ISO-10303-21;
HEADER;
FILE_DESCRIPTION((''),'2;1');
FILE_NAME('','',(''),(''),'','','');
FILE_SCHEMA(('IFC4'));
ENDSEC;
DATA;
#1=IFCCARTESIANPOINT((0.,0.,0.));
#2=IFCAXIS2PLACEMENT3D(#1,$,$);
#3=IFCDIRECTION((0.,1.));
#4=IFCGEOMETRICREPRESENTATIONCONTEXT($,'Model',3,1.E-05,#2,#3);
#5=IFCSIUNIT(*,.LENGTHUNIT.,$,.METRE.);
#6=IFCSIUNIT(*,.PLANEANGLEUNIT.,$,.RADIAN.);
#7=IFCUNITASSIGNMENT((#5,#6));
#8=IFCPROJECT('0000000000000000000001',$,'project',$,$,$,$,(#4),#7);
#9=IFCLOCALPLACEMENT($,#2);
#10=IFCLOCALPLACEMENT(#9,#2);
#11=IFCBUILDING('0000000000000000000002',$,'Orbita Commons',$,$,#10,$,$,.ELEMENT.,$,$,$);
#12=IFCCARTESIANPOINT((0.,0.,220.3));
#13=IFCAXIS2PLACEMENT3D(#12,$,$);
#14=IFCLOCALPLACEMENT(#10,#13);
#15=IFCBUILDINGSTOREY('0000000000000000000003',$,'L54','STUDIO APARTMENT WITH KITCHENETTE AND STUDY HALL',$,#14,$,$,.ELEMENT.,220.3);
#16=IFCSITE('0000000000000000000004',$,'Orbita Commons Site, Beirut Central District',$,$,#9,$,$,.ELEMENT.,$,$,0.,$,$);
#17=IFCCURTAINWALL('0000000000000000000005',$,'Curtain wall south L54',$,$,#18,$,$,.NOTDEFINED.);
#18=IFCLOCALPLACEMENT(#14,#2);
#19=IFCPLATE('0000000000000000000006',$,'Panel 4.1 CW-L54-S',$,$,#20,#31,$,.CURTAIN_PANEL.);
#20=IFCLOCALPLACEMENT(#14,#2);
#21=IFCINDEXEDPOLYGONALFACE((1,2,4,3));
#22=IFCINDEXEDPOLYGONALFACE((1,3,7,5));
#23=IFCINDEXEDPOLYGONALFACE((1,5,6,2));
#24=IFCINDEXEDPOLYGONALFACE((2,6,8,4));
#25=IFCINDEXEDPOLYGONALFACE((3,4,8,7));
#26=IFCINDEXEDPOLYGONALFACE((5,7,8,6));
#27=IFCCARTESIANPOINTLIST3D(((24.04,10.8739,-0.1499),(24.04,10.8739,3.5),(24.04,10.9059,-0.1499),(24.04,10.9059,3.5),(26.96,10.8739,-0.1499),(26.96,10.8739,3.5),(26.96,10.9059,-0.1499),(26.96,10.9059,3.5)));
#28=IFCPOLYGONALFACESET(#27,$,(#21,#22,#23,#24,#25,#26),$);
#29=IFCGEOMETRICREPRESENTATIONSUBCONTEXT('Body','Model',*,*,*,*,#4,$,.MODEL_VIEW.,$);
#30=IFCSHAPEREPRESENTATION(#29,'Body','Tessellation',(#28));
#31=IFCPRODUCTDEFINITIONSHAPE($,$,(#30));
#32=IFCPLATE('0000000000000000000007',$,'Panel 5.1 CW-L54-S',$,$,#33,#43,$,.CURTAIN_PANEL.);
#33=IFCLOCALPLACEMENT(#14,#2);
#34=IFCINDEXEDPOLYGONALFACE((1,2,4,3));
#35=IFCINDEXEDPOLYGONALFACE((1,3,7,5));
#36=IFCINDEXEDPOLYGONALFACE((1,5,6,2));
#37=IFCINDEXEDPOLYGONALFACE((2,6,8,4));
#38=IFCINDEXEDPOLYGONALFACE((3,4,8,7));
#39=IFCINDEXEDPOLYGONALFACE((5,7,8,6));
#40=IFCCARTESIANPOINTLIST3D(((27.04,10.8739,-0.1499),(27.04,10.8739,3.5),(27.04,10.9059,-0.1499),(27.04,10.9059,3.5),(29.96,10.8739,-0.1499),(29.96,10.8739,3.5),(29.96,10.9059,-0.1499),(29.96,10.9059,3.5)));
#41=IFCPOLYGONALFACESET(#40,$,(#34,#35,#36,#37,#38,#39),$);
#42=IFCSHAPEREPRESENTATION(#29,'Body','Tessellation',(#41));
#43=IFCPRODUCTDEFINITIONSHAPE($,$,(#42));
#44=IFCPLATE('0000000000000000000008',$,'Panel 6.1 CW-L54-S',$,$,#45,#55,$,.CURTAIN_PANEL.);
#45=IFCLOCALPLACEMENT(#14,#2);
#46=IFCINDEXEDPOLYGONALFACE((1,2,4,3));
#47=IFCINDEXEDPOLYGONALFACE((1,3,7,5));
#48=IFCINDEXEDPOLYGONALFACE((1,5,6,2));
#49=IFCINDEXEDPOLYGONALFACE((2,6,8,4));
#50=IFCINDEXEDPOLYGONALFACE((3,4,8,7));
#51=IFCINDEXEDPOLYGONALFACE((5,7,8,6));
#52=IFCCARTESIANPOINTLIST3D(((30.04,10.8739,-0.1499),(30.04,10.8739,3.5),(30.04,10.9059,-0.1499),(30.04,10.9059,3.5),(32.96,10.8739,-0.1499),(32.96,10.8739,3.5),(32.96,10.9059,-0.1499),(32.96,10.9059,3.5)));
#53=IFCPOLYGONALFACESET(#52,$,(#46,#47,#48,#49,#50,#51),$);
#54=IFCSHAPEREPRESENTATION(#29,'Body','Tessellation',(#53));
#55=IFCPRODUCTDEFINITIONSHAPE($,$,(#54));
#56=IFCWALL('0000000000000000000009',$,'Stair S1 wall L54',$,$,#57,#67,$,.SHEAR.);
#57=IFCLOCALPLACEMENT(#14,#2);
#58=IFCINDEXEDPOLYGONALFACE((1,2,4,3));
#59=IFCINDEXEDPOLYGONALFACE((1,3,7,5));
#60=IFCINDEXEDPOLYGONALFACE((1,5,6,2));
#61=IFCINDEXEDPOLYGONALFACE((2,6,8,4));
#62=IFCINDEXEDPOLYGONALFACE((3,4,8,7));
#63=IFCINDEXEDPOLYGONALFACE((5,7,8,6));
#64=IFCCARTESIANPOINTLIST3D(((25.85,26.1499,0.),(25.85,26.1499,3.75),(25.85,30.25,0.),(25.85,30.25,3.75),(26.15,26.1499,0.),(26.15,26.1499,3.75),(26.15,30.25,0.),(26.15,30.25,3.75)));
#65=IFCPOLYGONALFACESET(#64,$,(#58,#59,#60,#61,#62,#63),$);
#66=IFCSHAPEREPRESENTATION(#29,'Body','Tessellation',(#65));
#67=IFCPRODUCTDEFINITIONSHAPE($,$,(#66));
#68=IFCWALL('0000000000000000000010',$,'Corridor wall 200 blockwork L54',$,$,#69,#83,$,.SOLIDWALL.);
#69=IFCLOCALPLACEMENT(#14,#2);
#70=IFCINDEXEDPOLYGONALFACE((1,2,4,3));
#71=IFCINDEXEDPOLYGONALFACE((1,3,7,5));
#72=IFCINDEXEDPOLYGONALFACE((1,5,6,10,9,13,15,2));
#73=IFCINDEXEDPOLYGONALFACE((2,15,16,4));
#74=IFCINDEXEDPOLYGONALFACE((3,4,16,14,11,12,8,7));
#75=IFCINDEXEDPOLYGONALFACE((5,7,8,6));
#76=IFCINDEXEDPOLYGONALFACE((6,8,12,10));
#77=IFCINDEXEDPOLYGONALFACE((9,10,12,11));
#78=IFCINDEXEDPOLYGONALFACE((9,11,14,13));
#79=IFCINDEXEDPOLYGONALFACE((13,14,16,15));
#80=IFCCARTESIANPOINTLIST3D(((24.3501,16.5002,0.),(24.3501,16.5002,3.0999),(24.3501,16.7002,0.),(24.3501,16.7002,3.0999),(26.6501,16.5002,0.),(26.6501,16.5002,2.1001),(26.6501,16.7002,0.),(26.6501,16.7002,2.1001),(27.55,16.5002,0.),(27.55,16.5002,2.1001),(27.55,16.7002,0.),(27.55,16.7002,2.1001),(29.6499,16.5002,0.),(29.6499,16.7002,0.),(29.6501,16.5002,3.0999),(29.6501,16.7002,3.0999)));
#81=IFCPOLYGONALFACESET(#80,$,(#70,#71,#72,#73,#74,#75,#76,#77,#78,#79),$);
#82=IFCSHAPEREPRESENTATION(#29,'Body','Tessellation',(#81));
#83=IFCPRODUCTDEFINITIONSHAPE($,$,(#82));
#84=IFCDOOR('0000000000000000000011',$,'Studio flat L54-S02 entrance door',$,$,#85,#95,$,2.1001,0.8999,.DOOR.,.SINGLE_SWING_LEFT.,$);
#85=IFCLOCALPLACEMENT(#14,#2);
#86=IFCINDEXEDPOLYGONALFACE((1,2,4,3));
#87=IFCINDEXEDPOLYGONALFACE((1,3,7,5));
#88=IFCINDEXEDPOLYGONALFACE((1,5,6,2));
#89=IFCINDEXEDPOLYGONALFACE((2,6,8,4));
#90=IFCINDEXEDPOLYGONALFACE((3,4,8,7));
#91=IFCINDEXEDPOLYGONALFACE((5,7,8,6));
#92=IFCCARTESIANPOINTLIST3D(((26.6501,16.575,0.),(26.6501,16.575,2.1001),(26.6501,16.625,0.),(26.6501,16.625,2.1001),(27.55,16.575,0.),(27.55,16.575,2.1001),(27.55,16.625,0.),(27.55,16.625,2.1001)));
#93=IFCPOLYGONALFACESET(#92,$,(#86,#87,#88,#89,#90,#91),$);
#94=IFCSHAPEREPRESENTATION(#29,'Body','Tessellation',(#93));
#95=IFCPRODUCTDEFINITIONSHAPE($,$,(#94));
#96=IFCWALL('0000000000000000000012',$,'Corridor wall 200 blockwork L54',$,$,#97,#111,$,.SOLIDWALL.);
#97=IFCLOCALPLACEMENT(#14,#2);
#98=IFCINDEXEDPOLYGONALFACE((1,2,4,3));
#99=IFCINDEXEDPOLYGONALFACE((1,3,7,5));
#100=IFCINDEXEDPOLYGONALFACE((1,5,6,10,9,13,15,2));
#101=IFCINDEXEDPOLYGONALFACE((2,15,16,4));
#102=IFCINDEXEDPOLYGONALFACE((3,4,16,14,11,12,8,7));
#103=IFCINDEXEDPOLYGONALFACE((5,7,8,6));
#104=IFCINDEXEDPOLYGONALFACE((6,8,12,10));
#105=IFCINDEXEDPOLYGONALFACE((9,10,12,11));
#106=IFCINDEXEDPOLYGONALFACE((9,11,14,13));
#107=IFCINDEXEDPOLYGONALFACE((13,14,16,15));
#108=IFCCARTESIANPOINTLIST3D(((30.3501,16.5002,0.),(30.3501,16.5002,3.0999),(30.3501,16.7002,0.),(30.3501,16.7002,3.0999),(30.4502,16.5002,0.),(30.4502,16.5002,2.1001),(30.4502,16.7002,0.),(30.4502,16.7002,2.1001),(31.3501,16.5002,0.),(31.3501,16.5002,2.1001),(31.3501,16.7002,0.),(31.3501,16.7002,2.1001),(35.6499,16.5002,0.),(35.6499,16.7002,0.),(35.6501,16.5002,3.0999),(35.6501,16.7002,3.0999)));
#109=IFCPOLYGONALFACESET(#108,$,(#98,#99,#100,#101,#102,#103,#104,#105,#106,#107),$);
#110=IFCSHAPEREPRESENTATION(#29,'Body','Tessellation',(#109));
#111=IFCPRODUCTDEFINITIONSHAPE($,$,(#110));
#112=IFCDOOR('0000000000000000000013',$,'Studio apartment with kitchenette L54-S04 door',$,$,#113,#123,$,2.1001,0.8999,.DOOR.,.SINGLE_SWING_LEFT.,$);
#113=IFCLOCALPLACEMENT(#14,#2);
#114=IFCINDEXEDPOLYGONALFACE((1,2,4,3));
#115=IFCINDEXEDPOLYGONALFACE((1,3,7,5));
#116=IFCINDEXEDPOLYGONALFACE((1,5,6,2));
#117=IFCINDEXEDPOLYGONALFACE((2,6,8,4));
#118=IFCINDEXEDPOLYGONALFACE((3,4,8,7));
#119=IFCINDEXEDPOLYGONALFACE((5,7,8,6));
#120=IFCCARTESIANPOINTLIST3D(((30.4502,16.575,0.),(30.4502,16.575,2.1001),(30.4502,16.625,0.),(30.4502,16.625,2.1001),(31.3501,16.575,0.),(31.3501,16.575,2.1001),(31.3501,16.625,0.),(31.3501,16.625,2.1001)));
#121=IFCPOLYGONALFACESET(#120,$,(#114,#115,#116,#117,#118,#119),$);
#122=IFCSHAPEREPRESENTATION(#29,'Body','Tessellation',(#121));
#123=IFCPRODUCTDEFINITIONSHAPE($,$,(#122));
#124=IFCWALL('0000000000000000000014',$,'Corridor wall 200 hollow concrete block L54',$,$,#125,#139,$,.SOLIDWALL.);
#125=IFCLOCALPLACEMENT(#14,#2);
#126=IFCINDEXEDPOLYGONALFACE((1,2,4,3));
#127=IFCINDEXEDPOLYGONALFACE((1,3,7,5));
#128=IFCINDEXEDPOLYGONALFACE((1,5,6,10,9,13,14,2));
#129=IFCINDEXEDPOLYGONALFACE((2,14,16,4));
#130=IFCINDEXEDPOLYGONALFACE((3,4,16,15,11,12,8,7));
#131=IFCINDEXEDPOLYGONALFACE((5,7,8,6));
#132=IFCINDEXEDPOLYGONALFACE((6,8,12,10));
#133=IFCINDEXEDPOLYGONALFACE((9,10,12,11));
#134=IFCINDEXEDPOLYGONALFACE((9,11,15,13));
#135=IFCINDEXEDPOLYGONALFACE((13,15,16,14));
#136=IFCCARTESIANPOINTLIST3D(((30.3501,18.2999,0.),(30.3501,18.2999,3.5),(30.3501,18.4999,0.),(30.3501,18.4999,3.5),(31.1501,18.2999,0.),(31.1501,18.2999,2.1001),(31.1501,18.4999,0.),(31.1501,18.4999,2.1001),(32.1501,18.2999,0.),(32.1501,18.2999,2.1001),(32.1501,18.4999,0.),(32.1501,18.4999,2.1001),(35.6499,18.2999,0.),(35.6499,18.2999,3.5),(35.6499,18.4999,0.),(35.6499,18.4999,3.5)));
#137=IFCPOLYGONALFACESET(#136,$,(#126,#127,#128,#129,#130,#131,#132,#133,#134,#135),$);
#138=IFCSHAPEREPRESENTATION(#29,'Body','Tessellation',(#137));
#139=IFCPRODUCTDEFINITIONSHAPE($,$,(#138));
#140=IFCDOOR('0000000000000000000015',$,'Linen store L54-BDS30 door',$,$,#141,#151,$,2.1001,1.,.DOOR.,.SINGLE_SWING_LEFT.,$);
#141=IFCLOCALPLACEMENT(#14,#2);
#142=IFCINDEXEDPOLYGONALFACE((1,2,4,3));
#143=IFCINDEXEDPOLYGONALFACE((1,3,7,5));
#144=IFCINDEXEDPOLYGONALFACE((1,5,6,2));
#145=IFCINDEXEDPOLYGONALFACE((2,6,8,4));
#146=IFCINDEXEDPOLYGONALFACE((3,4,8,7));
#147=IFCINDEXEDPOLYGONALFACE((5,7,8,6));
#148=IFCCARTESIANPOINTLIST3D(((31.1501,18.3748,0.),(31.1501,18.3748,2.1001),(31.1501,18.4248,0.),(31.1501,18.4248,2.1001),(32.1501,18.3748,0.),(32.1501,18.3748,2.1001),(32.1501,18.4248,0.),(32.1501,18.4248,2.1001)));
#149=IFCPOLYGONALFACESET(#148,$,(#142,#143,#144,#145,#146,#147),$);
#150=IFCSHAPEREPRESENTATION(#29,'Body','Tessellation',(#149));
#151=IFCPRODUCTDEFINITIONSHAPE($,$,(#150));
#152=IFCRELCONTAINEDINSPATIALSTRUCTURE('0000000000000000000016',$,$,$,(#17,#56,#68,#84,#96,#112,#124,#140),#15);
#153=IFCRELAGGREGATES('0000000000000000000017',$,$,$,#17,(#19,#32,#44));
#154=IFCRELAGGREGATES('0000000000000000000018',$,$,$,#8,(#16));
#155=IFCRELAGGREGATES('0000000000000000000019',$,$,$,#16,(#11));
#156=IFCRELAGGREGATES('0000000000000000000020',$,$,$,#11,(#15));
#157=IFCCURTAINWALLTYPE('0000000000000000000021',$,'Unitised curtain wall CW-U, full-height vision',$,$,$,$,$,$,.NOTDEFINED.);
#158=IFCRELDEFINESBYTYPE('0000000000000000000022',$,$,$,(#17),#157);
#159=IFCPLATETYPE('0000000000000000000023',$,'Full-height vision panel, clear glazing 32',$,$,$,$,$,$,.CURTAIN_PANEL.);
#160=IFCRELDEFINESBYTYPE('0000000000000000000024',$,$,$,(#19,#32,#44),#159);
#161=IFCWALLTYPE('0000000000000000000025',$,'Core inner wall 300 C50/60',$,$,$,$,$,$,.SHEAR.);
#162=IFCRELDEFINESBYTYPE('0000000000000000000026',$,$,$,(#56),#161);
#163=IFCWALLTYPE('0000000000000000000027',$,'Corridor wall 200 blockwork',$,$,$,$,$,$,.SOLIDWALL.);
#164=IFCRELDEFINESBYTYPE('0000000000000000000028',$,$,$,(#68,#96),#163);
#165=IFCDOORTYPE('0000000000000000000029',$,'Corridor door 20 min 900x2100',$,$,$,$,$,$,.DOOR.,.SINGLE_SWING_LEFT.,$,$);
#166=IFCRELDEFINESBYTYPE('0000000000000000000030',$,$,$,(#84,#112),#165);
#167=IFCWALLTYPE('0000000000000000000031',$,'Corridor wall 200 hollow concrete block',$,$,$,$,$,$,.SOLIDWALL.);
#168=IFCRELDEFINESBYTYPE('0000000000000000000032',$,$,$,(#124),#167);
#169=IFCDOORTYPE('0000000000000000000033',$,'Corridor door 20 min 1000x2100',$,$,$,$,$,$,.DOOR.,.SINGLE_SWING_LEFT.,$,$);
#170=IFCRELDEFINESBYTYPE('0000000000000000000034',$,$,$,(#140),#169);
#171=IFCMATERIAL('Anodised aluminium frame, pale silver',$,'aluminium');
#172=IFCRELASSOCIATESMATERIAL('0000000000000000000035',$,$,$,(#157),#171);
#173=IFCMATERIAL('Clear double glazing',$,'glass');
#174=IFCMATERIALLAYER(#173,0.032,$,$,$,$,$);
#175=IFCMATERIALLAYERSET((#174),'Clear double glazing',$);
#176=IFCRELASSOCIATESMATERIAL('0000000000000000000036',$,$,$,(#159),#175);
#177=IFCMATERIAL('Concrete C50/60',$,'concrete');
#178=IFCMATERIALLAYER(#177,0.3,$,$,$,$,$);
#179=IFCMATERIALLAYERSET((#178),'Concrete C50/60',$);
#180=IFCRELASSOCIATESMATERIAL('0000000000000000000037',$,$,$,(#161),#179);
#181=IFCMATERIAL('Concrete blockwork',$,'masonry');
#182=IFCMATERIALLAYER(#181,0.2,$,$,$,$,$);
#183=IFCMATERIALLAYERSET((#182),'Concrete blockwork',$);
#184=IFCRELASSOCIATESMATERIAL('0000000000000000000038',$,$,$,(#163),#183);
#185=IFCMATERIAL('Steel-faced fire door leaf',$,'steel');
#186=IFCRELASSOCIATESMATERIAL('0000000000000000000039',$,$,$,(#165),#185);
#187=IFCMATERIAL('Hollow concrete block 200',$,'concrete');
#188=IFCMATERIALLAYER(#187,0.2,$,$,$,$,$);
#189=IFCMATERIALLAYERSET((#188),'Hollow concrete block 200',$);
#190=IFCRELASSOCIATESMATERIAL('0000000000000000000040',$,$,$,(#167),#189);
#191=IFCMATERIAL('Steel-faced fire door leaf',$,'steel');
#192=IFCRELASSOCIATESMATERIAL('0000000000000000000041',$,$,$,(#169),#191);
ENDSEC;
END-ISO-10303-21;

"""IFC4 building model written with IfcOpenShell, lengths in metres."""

from ifc_helpers import new_model, si_unit, direction, frame, frame_2d, origin, origin_2d, place, context, subcontext, project, spatial, polyline, rectangle, outline, extrude, material, layer, layer_set, type_object, element, fill, aggregate, save


model = new_model("IFC4")

# Units and contexts
model_context = context("Model", 3, precision=1e-05, world=origin(), true_north=direction((0.0, 1.0)))
body_context = subcontext(model_context, "Body", "Model", "MODEL_VIEW")
ifc_project = project(units=[si_unit("LENGTHUNIT", "METRE"), si_unit("PLANEANGLEUNIT", "RADIAN")], contexts=[model_context])

# Site, building, storey
site_placement = place(None, origin())
site = spatial("IfcSite", under=ifc_project, at=site_placement, Name="Orbita Commons Site, Beirut Central District", CompositionType="ELEMENT", RefElevation=0.0)
building_placement = place(site_placement, origin())
building = spatial("IfcBuilding", under=site, at=building_placement, Name="Orbita Commons", CompositionType="ELEMENT")
storey_placement = place(building_placement, frame((0.0, 0.0, 220.3)))
storey = spatial("IfcBuildingStorey", under=building, at=storey_placement, Name="L54", Description="STUDIO APARTMENT WITH KITCHENETTE AND STUDY HALL", CompositionType="ELEMENT", Elevation=220.3)

# Curtain wall
ifc_material_1 = material(Name="Anodised aluminium frame, pale silver", Category="aluminium")
curtain_wall_type = type_object("IfcCurtainWallType", Name="Unitised curtain wall CW-U, full-height vision", PredefinedType="NOTDEFINED", material=ifc_material_1)
curtain_wall_placement = place(storey_placement, origin())
curtain_wall = element("IfcCurtainWall", 1, at=curtain_wall_placement, inside=storey, type_object=curtain_wall_type, Name="Curtain wall south L54", PredefinedType="NOTDEFINED")

# Plates
ifc_material_2 = material(Name="Clear double glazing", Category="glass")
ifc_layer_1 = layer(ifc_material_2, 0.032)
ifc_layer_set_1 = layer_set([ifc_layer_1], Name="Clear double glazing")
plate_type = type_object("IfcPlateType", Name="Full-height vision panel, clear glazing 32", PredefinedType="CURTAIN_PANEL", material=ifc_layer_set_1)
plate_1_placement = place(storey_placement, frame((25.5, 10.8899, -0.1499), z_axis=(0.0, 0.0, 1.0), x_axis=(1.0, 0.0, 0.0)))
plate_1 = element("IfcPlate", 2, at=plate_1_placement, type_object=plate_type, Name="Panel 4.1 CW-L54-S", PredefinedType="CURTAIN_PANEL", context=body_context, shape_type="SweptSolid", body=[
    extrude(rectangle(XDim=2.9199, YDim=0.032, at=origin_2d()), origin(), (0.0, 0.0, 1.0), 3.6499),
])
plate_2_placement = place(storey_placement, frame((28.5, 10.8899, -0.1499), z_axis=(0.0, 0.0, 1.0), x_axis=(1.0, 0.0, 0.0)))
plate_2 = element("IfcPlate", 3, at=plate_2_placement, type_object=plate_type, Name="Panel 5.1 CW-L54-S", PredefinedType="CURTAIN_PANEL", context=body_context, shape_type="SweptSolid", body=[
    extrude(rectangle(XDim=2.9199, YDim=0.032, at=origin_2d()), origin(), (0.0, 0.0, 1.0), 3.6499),
])
plate_3_placement = place(storey_placement, frame((31.5, 10.8899, -0.1499), z_axis=(0.0, 0.0, 1.0), x_axis=(1.0, 0.0, 0.0)))
plate_3 = element("IfcPlate", 4, at=plate_3_placement, type_object=plate_type, Name="Panel 6.1 CW-L54-S", PredefinedType="CURTAIN_PANEL", context=body_context, shape_type="SweptSolid", body=[
    extrude(rectangle(XDim=2.9199, YDim=0.032, at=origin_2d()), origin(), (0.0, 0.0, 1.0), 3.6499),
])
aggregate(curtain_wall, [plate_1, plate_2, plate_3])

# Wall
ifc_material_3 = material(Name="Concrete C50/60", Category="concrete")
ifc_layer_2 = layer(ifc_material_3, 0.3)
ifc_layer_set_2 = layer_set([ifc_layer_2], Name="Concrete C50/60")
wall_type_1 = type_object("IfcWallType", Name="Core inner wall 300 C50/60", PredefinedType="SHEAR", material=ifc_layer_set_2)
wall_1_placement = place(storey_placement, frame((26.0, 26.1499, 0.0), z_axis=(0.0, 0.0, 1.0), x_axis=(0.0, 1.0, 0.0)))
element("IfcWall", 5, at=wall_1_placement, inside=storey, type_object=wall_type_1, Name="Stair S1 wall L54", PredefinedType="SHEAR", context=body_context, shape_type="SweptSolid", body=[
    extrude(rectangle(XDim=4.1001, YDim=0.3, at=frame_2d((2.05, 0.0))), origin(), (0.0, 0.0, 1.0), 3.75),
])

# Walls, openings, doors
ifc_material_4 = material(Name="Concrete blockwork", Category="masonry")
ifc_layer_3 = layer(ifc_material_4, 0.2)
ifc_layer_set_3 = layer_set([ifc_layer_3], Name="Concrete blockwork")
wall_type_2 = type_object("IfcWallType", Name="Corridor wall 200 blockwork", PredefinedType="SOLIDWALL", material=ifc_layer_set_3)
wall_2_placement = place(storey_placement, frame((24.3501, 16.6001, 0.0), z_axis=(0.0, 0.0, 1.0), x_axis=(1.0, 0.0, 0.0)))
wall_2 = element("IfcWall", 6, at=wall_2_placement, inside=storey, type_object=wall_type_2, Name="Corridor wall 200 blockwork L54", PredefinedType="SOLIDWALL", context=body_context, shape_type="SweptSolid", body=[
    extrude(outline(polyline([(0.0, 0.0), (5.2998, 0.0), (5.3, 3.0999), (0.0, 3.0999), (0.0, 0.0)])), frame((0.0, 0.1001, 0.0), z_axis=(0.0, -1.0, 0.0), x_axis=(1.0, 0.0, 0.0)), (0.0, 0.0, 1.0), 0.2),
])
opening_1_placement = place(wall_2_placement, frame((2.3, 0.0, 0.0)))
opening_1 = element("IfcOpeningElement", 7, at=opening_1_placement, cuts=wall_2, PredefinedType="OPENING", context=body_context, shape_type="SweptSolid", body=[
    extrude(rectangle(XDim=0.8999, YDim=2.1001, at=frame_2d((0.45, 1.05))), frame((0.0, 0.1099, 0.0), z_axis=(0.0, -1.0, 0.0), x_axis=(1.0, 0.0, 0.0)), (0.0, 0.0, 1.0), 0.22),
])
ifc_material_5 = material(Name="Steel-faced fire door leaf", Category="steel")
door_type_1 = type_object("IfcDoorType", Name="Corridor door 20 min 900x2100", OperationType="SINGLE_SWING_LEFT", PredefinedType="DOOR", material=ifc_material_5)
door_1_placement = place(opening_1_placement, origin())
door_1 = element("IfcDoor", 8, at=door_1_placement, inside=storey, type_object=door_type_1, Name="Studio flat L54-S02 entrance door", OperationType="SINGLE_SWING_LEFT", OverallHeight=2.1001, OverallWidth=0.8999, PredefinedType="DOOR", context=body_context, shape_type="SweptSolid", body=[
    extrude(rectangle(XDim=0.8999, YDim=2.1001, at=frame_2d((0.45, 1.05))), frame((0.0, 0.0249, 0.0), z_axis=(0.0, -1.0, 0.0), x_axis=(1.0, 0.0, 0.0)), (0.0, 0.0, 1.0), 0.05),
])
fill(opening_1, door_1)
wall_3_placement = place(storey_placement, frame((30.3501, 16.6001, 0.0), z_axis=(0.0, 0.0, 1.0), x_axis=(1.0, 0.0, 0.0)))
wall_3 = element("IfcWall", 9, at=wall_3_placement, inside=storey, type_object=wall_type_2, Name="Corridor wall 200 blockwork L54", PredefinedType="SOLIDWALL", context=body_context, shape_type="SweptSolid", body=[
    extrude(outline(polyline([(0.0, 0.0), (5.2998, 0.0), (5.3, 3.0999), (0.0, 3.0999), (0.0, 0.0)])), frame((0.0, 0.1001, 0.0), z_axis=(0.0, -1.0, 0.0), x_axis=(1.0, 0.0, 0.0)), (0.0, 0.0, 1.0), 0.2),
])
opening_2_placement = place(wall_3_placement, frame((0.1001, 0.0, 0.0)))
opening_2 = element("IfcOpeningElement", 10, at=opening_2_placement, cuts=wall_3, PredefinedType="OPENING", context=body_context, shape_type="SweptSolid", body=[
    extrude(rectangle(XDim=0.8999, YDim=2.1001, at=frame_2d((0.45, 1.05))), frame((0.0, 0.1099, 0.0), z_axis=(0.0, -1.0, 0.0), x_axis=(1.0, 0.0, 0.0)), (0.0, 0.0, 1.0), 0.22),
])
door_2_placement = place(opening_2_placement, origin())
door_2 = element("IfcDoor", 11, at=door_2_placement, inside=storey, type_object=door_type_1, Name="Studio apartment with kitchenette L54-S04 door", OperationType="SINGLE_SWING_LEFT", OverallHeight=2.1001, OverallWidth=0.8999, PredefinedType="DOOR", context=body_context, shape_type="SweptSolid", body=[
    extrude(rectangle(XDim=0.8999, YDim=2.1001, at=frame_2d((0.45, 1.05))), frame((0.0, 0.0249, 0.0), z_axis=(0.0, -1.0, 0.0), x_axis=(1.0, 0.0, 0.0)), (0.0, 0.0, 1.0), 0.05),
])
fill(opening_2, door_2)
ifc_material_6 = material(Name="Hollow concrete block 200", Category="concrete")
ifc_layer_4 = layer(ifc_material_6, 0.2)
ifc_layer_set_4 = layer_set([ifc_layer_4], Name="Hollow concrete block 200")
wall_type_3 = type_object("IfcWallType", Name="Corridor wall 200 hollow concrete block", PredefinedType="SOLIDWALL", material=ifc_layer_set_4)
wall_4_placement = place(storey_placement, frame((30.3501, 18.3999, 0.0), z_axis=(0.0, 0.0, 1.0), x_axis=(1.0, 0.0, 0.0)))
wall_4 = element("IfcWall", 12, at=wall_4_placement, inside=storey, type_object=wall_type_3, Name="Corridor wall 200 hollow concrete block L54", PredefinedType="SOLIDWALL", context=body_context, shape_type="SweptSolid", body=[
    extrude(rectangle(XDim=5.2998, YDim=0.2, at=frame_2d((2.6499, 0.0))), origin(), (0.0, 0.0, 1.0), 3.5),
])
opening_3_placement = place(wall_4_placement, frame((0.8, 0.0, 0.0)))
opening_3 = element("IfcOpeningElement", 13, at=opening_3_placement, cuts=wall_4, PredefinedType="OPENING", context=body_context, shape_type="SweptSolid", body=[
    extrude(rectangle(XDim=1.0, YDim=2.1001, at=frame_2d((0.5, 1.05))), frame((0.0, 0.1099, 0.0), z_axis=(0.0, -1.0, 0.0), x_axis=(1.0, 0.0, 0.0)), (0.0, 0.0, 1.0), 0.22),
])
ifc_material_7 = material(Name="Steel-faced fire door leaf", Category="steel")
door_type_2 = type_object("IfcDoorType", Name="Corridor door 20 min 1000x2100", OperationType="SINGLE_SWING_LEFT", PredefinedType="DOOR", material=ifc_material_7)
door_3_placement = place(opening_3_placement, origin())
door_3 = element("IfcDoor", 14, at=door_3_placement, inside=storey, type_object=door_type_2, Name="Linen store L54-BDS30 door", OperationType="SINGLE_SWING_LEFT", OverallHeight=2.1001, OverallWidth=1.0, PredefinedType="DOOR", context=body_context, shape_type="SweptSolid", body=[
    extrude(rectangle(XDim=1.0, YDim=2.1001, at=frame_2d((0.5, 1.05))), frame((0.0, 0.0249, 0.0), z_axis=(0.0, -1.0, 0.0), x_axis=(1.0, 0.0, 0.0)), (0.0, 0.0, 1.0), 0.05),
])
fill(opening_3, door_3)

save(model, "model.ifc")
